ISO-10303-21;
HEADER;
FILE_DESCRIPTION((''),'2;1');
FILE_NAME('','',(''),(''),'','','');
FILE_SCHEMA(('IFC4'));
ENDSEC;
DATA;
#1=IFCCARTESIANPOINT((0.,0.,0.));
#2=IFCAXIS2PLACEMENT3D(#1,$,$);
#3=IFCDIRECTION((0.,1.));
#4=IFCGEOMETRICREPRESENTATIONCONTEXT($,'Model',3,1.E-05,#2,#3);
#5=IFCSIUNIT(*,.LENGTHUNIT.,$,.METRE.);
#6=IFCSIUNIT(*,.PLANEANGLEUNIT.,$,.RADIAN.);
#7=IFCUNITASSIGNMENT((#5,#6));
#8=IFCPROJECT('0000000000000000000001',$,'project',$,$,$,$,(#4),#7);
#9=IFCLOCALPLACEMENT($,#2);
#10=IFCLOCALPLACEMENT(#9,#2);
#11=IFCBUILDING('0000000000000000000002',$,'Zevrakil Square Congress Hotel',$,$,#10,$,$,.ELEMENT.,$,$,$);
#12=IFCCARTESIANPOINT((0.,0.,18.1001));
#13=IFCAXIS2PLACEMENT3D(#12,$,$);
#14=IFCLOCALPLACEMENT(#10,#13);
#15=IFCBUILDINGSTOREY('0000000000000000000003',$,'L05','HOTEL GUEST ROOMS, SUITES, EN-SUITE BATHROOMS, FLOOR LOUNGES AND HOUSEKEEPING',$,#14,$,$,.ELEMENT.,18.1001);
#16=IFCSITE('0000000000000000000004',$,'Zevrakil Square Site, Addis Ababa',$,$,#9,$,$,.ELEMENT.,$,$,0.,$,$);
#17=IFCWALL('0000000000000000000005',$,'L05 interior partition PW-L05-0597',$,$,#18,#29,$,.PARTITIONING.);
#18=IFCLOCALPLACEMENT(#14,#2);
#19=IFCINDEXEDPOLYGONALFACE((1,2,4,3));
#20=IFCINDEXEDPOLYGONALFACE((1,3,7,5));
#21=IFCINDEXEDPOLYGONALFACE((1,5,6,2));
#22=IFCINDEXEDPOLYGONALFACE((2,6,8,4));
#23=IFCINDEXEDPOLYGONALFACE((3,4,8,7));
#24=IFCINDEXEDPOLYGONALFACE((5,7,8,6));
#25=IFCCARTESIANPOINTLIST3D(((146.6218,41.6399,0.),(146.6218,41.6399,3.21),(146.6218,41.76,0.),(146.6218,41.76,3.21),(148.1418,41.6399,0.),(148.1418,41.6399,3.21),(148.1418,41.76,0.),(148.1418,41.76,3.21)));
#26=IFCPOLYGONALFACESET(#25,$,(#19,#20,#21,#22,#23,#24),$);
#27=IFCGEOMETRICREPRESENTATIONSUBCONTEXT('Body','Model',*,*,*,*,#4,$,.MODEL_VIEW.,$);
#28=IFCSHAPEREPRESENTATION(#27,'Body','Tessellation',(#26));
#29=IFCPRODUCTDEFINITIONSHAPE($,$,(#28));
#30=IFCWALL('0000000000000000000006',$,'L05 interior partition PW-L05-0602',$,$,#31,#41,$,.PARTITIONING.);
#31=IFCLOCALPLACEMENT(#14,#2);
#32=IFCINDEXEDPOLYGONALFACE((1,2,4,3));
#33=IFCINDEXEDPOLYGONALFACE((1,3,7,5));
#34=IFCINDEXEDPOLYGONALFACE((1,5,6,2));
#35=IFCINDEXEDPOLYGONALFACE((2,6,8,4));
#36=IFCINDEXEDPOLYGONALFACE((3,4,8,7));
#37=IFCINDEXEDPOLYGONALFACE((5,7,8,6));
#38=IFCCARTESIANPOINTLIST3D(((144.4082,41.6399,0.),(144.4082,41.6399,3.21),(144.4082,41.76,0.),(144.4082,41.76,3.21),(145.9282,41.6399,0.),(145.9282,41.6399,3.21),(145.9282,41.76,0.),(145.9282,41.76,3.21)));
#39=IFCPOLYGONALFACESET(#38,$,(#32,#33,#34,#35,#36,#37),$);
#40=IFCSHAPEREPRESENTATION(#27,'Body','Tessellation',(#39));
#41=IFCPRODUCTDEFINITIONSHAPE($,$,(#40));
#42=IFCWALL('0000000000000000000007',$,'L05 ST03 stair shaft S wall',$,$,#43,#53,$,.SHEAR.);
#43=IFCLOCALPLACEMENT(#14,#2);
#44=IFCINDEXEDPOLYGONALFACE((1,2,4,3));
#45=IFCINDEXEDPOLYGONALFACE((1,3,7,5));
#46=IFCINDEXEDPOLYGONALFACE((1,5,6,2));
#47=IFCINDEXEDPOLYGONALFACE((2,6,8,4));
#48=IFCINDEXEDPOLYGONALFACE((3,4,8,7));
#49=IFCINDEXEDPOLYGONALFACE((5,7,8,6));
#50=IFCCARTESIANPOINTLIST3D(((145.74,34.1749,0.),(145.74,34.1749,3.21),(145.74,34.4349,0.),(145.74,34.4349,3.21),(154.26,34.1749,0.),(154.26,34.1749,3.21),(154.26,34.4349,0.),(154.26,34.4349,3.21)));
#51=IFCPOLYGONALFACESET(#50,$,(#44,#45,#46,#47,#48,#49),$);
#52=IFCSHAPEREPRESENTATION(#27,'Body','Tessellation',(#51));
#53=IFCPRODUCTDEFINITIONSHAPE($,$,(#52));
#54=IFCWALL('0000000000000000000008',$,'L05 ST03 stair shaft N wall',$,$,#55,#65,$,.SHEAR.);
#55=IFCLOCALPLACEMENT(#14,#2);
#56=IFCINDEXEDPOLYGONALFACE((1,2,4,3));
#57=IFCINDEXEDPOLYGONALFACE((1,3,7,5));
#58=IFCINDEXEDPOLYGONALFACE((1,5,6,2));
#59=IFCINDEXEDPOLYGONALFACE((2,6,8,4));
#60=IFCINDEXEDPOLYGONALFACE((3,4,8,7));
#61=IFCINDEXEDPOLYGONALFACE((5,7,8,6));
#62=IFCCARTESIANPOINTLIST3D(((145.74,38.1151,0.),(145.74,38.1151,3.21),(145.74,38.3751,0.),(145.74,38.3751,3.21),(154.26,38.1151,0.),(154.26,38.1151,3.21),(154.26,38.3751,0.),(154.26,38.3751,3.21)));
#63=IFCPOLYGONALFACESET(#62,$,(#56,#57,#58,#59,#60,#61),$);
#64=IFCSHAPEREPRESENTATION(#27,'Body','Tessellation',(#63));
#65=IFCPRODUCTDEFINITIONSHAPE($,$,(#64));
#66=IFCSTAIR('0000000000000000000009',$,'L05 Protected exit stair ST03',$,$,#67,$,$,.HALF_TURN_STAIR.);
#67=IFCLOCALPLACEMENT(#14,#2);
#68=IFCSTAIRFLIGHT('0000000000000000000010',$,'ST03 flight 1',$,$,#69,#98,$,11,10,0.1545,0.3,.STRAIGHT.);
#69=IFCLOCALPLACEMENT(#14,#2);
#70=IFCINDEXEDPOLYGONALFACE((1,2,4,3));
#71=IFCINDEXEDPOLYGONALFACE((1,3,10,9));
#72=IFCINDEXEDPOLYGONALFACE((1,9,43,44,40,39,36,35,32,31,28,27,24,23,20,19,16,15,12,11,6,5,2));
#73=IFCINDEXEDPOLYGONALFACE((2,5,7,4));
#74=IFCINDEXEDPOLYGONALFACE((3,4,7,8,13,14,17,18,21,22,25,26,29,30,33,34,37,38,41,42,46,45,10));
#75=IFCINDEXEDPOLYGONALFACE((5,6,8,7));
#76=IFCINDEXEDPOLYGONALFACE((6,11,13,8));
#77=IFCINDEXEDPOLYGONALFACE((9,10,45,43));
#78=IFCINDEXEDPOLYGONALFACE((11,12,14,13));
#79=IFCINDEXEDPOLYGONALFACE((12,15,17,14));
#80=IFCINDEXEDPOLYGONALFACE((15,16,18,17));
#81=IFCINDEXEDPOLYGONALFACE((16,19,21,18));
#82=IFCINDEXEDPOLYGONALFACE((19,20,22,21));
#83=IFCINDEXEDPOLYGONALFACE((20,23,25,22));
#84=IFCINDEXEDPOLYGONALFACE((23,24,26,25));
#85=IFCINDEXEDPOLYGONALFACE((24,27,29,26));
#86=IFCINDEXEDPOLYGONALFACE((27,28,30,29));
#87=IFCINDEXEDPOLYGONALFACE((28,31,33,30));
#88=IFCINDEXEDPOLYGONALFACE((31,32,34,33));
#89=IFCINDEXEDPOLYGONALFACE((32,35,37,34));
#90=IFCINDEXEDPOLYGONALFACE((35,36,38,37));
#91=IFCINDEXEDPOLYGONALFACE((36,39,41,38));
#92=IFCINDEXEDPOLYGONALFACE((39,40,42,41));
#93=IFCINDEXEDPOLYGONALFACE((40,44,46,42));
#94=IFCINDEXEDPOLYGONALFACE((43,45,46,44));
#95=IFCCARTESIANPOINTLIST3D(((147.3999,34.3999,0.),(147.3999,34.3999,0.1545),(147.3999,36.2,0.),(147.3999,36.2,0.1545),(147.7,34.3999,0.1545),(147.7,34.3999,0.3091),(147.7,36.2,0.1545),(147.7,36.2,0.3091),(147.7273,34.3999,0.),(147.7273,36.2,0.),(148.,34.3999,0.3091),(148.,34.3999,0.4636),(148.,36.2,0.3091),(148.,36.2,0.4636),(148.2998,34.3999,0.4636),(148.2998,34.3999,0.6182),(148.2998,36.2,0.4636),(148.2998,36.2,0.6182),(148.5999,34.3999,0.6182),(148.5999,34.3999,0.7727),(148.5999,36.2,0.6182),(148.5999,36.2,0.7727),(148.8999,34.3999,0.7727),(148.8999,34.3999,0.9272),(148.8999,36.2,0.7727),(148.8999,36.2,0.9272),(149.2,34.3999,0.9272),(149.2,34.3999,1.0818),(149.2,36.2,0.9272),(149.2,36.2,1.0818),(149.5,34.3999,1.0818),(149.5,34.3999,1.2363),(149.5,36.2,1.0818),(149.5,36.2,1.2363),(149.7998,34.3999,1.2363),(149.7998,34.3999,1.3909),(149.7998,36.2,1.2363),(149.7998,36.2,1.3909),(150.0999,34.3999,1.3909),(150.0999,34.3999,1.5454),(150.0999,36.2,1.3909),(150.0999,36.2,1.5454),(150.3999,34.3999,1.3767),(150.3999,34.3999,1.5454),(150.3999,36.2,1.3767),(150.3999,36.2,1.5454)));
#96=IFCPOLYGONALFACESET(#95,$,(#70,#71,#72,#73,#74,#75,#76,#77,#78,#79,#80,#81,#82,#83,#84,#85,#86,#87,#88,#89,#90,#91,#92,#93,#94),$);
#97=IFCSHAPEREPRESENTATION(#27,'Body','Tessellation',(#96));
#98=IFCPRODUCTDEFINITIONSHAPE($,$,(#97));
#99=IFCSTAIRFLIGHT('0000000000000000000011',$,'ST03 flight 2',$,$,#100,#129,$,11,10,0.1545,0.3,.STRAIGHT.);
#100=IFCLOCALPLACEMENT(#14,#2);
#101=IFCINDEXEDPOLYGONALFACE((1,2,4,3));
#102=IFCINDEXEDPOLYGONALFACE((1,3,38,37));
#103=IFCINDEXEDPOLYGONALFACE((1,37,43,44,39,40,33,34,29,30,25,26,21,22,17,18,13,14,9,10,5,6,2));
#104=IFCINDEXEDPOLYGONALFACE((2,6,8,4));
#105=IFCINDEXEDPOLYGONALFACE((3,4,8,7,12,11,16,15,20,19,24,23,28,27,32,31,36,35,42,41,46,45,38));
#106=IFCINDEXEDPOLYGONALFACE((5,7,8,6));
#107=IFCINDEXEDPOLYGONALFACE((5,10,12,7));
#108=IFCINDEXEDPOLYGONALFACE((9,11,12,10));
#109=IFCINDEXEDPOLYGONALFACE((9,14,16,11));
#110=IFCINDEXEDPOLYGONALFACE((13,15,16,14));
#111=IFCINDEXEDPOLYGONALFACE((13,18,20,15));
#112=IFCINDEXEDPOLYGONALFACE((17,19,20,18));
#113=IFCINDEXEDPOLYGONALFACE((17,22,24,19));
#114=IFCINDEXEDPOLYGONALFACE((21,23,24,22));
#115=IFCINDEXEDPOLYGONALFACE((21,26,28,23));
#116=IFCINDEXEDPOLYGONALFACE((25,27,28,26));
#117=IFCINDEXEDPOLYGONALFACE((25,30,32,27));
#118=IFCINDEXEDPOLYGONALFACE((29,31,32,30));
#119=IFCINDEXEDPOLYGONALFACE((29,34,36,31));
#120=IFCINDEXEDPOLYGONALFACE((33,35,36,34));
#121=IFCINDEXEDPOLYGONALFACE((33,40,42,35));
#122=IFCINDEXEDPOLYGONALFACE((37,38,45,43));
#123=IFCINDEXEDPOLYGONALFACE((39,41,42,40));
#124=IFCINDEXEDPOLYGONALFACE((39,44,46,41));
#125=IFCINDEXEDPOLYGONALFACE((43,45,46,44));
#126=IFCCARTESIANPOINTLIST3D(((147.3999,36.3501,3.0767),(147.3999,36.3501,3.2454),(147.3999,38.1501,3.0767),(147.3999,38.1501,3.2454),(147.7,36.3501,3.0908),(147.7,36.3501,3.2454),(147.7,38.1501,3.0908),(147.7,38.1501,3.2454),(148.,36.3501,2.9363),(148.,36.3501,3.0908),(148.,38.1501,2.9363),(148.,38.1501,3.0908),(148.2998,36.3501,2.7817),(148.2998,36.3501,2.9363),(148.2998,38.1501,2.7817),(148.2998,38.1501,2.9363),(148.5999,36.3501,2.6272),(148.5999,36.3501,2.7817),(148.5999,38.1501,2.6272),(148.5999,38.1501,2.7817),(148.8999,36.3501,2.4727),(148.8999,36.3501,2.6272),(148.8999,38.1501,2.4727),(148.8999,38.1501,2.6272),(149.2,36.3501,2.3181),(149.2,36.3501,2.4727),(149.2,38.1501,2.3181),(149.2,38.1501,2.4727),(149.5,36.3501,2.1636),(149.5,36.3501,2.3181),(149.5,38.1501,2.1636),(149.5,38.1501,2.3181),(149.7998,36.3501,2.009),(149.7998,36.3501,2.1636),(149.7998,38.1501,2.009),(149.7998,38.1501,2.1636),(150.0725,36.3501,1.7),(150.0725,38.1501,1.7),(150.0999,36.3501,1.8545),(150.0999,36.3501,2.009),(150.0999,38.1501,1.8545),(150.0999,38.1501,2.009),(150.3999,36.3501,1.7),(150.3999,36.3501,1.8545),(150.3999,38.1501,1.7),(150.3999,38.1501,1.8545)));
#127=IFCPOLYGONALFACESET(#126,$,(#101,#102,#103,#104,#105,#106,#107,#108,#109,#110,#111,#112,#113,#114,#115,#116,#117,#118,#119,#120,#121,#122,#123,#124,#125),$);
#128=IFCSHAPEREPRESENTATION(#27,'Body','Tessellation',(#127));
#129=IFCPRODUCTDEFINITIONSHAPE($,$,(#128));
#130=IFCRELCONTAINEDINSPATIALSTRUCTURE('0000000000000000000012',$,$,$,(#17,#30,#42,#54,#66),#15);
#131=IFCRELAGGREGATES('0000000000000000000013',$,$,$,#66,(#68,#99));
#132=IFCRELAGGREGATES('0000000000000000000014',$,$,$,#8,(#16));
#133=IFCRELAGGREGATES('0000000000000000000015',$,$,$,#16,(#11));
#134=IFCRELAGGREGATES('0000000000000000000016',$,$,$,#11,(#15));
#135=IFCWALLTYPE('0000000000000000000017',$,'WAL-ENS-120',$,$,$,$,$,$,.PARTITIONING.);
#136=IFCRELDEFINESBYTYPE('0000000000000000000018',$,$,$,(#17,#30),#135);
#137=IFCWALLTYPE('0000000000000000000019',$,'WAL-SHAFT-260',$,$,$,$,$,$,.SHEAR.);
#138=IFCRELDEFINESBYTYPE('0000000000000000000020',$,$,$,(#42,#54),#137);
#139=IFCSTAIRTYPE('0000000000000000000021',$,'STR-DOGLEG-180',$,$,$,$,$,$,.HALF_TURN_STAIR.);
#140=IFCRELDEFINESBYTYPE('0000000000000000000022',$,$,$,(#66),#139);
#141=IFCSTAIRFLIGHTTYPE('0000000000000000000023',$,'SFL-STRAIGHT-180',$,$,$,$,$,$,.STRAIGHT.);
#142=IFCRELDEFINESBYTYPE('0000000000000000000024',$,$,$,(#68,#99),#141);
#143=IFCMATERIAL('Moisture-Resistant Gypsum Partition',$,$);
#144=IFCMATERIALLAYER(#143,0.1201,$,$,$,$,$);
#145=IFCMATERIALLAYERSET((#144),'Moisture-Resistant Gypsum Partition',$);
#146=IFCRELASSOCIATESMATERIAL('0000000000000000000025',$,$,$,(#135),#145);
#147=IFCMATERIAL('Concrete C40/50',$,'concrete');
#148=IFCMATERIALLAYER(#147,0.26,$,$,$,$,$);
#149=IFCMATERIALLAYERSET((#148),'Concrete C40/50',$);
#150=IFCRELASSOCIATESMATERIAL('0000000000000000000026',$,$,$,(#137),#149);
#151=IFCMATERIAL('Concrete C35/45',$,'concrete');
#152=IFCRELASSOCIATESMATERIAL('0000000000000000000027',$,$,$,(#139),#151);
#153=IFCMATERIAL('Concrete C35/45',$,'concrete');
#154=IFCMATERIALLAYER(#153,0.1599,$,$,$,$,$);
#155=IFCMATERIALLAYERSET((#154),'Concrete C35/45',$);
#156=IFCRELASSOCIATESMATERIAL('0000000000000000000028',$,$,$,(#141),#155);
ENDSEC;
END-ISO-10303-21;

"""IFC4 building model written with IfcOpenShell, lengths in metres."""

from ifc_helpers import new_model, si_unit, direction, frame, frame_2d, origin, place, context, subcontext, project, spatial, polyline, rectangle, outline, extrude, material, layer, layer_set, type_object, element, aggregate, save


model = new_model("IFC4")

# Units and contexts
model_context = context("Model", 3, precision=1e-05, world=origin(), true_north=direction((0.0, 1.0)))
body_context = subcontext(model_context, "Body", "Model", "MODEL_VIEW")
ifc_project = project(units=[si_unit("LENGTHUNIT", "METRE"), si_unit("PLANEANGLEUNIT", "RADIAN")], contexts=[model_context])

# Site, building, storey
site_placement = place(None, origin())
site = spatial("IfcSite", under=ifc_project, at=site_placement, Name="Zevrakil Square Site, Addis Ababa", CompositionType="ELEMENT", RefElevation=0.0)
building_placement = place(site_placement, origin())
building = spatial("IfcBuilding", under=site, at=building_placement, Name="Zevrakil Square Congress Hotel", CompositionType="ELEMENT")
storey_placement = place(building_placement, frame((0.0, 0.0, 18.1001)))
storey = spatial("IfcBuildingStorey", under=building, at=storey_placement, Name="L05", Description="HOTEL GUEST ROOMS, SUITES, EN-SUITE BATHROOMS, FLOOR LOUNGES AND HOUSEKEEPING", CompositionType="ELEMENT", Elevation=18.1001)

# Walls
ifc_material_1 = material(Name="Moisture-Resistant Gypsum Partition")
ifc_layer_1 = layer(ifc_material_1, 0.1201)
ifc_layer_set_1 = layer_set([ifc_layer_1], Name="Moisture-Resistant Gypsum Partition")
wall_type_1 = type_object("IfcWallType", Name="WAL-ENS-120", PredefinedType="PARTITIONING", material=ifc_layer_set_1)
for number, where, z_axis, x_axis, name in (
    (1, (146.6218, 41.7, 0.0), (0.0, 0.0, 1.0), (1.0, 0.0, 0.0), "L05 interior partition PW-L05-0597"),
    (2, (144.4082, 41.7, 0.0), (0.0, 0.0, 1.0), (1.0, 0.0, 0.0), "L05 interior partition PW-L05-0602"),
):
    element("IfcWall", number, at=place(storey_placement, frame(where, z_axis=z_axis, x_axis=x_axis)), inside=storey, type_object=wall_type_1, Name=name, PredefinedType="PARTITIONING", context=body_context, shape_type="SweptSolid", body=[
        extrude(rectangle(XDim=1.52, YDim=0.1201, at=frame_2d((0.76, 0.0))), origin(), (0.0, 0.0, 1.0), 3.21),
    ])
ifc_material_2 = material(Name="Concrete C40/50", Category="concrete")
ifc_layer_2 = layer(ifc_material_2, 0.26)
ifc_layer_set_2 = layer_set([ifc_layer_2], Name="Concrete C40/50")
wall_type_2 = type_object("IfcWallType", Name="WAL-SHAFT-260", PredefinedType="SHEAR", material=ifc_layer_set_2)
for number, where, z_axis, x_axis, name in (
    (3, (145.74, 34.3049, 0.0), (0.0, 0.0, 1.0), (1.0, 0.0, 0.0), "L05 ST03 stair shaft S wall"),
    (4, (145.74, 38.2451, 0.0), (0.0, 0.0, 1.0), (1.0, 0.0, 0.0), "L05 ST03 stair shaft N wall"),
):
    element("IfcWall", number, at=place(storey_placement, frame(where, z_axis=z_axis, x_axis=x_axis)), inside=storey, type_object=wall_type_2, Name=name, PredefinedType="SHEAR", context=body_context, shape_type="SweptSolid", body=[
        extrude(rectangle(XDim=8.52, YDim=0.26, at=frame_2d((4.26, 0.0))), origin(), (0.0, 0.0, 1.0), 3.21),
    ])

# Stair, stair flights
ifc_material_3 = material(Name="Concrete C35/45", Category="concrete")
stair_type = type_object("IfcStairType", Name="STR-DOGLEG-180", PredefinedType="HALF_TURN_STAIR", material=ifc_material_3)
stair_placement = place(storey_placement, origin())
stair = element("IfcStair", 5, at=stair_placement, inside=storey, type_object=stair_type, Name="L05 Protected exit stair ST03", PredefinedType="HALF_TURN_STAIR")
ifc_material_4 = material(Name="Concrete C35/45", Category="concrete")
ifc_layer_3 = layer(ifc_material_4, 0.1599)
ifc_layer_set_3 = layer_set([ifc_layer_3], Name="Concrete C35/45")
stair_flight_type = type_object("IfcStairFlightType", Name="SFL-STRAIGHT-180", PredefinedType="STRAIGHT", material=ifc_layer_set_3)
stair_flight_1_placement = place(storey_placement, frame((147.3999, 35.3, 0.0), z_axis=(0.0, 0.0, 1.0), x_axis=(1.0, 0.0, 0.0)))
stair_flight_1 = element("IfcStairFlight", 6, at=stair_flight_1_placement, type_object=stair_flight_type, Name="ST03 flight 1", NumberOfRisers=11, NumberOfTreads=10, PredefinedType="STRAIGHT", RiserHeight=0.1545, TreadLength=0.3, context=body_context, shape_type="SweptSolid", body=[
    extrude(outline(polyline([(0.0, 0.0), (0.0, 0.1545), (0.3, 0.1545), (0.3, 0.3091), (0.6001, 0.3091), (0.6001, 0.4636), (0.8999, 0.4636), (0.8999, 0.6182), (1.2, 0.6182), (1.2, 0.7727), (1.5, 0.7727), (1.5, 0.9272), (1.8, 0.9272), (1.8, 1.0818), (2.1001, 1.0818), (2.1001, 1.2363), (2.3999, 1.2363), (2.3999, 1.3909), (2.7, 1.3909), (2.7, 1.5454), (3.0, 1.5454), (3.0, 1.7), (3.0, 1.3767), (0.3274, 0.0), (0.0, 0.0)])), frame((0.0, 0.8999, 0.0), z_axis=(0.0, -1.0, 0.0), x_axis=(1.0, 0.0, 0.0)), (0.0, 0.0, 1.0), 1.8),
])
stair_flight_2_placement = place(storey_placement, frame((150.3999, 37.25, 1.7), z_axis=(0.0, 0.0, 1.0), x_axis=(-1.0, 0.0, 0.0)))
stair_flight_2 = element("IfcStairFlight", 7, at=stair_flight_2_placement, type_object=stair_flight_type, Name="ST03 flight 2", NumberOfRisers=11, NumberOfTreads=10, PredefinedType="STRAIGHT", RiserHeight=0.1545, TreadLength=0.3, context=body_context, shape_type="SweptSolid", body=[
    extrude(outline(polyline([(0.0, 0.0), (0.0, 0.1545), (0.3, 0.1545), (0.3, 0.3091), (0.6001, 0.3091), (0.6001, 0.4636), (0.8999, 0.4636), (0.8999, 0.6182), (1.2, 0.6182), (1.2, 0.7727), (1.5, 0.7727), (1.5, 0.9272), (1.8, 0.9272), (1.8, 1.0818), (2.1001, 1.0818), (2.1001, 1.2363), (2.3999, 1.2363), (2.3999, 1.3909), (2.7, 1.3909), (2.7, 1.5454), (3.0, 1.5454), (3.0, 1.7), (3.0, 1.3767), (0.3274, 0.0), (0.0, 0.0)])), frame((0.0, 0.8999, 0.0), z_axis=(0.0, -1.0, 0.0), x_axis=(1.0, 0.0, 0.0)), (0.0, 0.0, 1.0), 1.8),
])
aggregate(stair, [stair_flight_1, stair_flight_2])

save(model, "model.ifc")
